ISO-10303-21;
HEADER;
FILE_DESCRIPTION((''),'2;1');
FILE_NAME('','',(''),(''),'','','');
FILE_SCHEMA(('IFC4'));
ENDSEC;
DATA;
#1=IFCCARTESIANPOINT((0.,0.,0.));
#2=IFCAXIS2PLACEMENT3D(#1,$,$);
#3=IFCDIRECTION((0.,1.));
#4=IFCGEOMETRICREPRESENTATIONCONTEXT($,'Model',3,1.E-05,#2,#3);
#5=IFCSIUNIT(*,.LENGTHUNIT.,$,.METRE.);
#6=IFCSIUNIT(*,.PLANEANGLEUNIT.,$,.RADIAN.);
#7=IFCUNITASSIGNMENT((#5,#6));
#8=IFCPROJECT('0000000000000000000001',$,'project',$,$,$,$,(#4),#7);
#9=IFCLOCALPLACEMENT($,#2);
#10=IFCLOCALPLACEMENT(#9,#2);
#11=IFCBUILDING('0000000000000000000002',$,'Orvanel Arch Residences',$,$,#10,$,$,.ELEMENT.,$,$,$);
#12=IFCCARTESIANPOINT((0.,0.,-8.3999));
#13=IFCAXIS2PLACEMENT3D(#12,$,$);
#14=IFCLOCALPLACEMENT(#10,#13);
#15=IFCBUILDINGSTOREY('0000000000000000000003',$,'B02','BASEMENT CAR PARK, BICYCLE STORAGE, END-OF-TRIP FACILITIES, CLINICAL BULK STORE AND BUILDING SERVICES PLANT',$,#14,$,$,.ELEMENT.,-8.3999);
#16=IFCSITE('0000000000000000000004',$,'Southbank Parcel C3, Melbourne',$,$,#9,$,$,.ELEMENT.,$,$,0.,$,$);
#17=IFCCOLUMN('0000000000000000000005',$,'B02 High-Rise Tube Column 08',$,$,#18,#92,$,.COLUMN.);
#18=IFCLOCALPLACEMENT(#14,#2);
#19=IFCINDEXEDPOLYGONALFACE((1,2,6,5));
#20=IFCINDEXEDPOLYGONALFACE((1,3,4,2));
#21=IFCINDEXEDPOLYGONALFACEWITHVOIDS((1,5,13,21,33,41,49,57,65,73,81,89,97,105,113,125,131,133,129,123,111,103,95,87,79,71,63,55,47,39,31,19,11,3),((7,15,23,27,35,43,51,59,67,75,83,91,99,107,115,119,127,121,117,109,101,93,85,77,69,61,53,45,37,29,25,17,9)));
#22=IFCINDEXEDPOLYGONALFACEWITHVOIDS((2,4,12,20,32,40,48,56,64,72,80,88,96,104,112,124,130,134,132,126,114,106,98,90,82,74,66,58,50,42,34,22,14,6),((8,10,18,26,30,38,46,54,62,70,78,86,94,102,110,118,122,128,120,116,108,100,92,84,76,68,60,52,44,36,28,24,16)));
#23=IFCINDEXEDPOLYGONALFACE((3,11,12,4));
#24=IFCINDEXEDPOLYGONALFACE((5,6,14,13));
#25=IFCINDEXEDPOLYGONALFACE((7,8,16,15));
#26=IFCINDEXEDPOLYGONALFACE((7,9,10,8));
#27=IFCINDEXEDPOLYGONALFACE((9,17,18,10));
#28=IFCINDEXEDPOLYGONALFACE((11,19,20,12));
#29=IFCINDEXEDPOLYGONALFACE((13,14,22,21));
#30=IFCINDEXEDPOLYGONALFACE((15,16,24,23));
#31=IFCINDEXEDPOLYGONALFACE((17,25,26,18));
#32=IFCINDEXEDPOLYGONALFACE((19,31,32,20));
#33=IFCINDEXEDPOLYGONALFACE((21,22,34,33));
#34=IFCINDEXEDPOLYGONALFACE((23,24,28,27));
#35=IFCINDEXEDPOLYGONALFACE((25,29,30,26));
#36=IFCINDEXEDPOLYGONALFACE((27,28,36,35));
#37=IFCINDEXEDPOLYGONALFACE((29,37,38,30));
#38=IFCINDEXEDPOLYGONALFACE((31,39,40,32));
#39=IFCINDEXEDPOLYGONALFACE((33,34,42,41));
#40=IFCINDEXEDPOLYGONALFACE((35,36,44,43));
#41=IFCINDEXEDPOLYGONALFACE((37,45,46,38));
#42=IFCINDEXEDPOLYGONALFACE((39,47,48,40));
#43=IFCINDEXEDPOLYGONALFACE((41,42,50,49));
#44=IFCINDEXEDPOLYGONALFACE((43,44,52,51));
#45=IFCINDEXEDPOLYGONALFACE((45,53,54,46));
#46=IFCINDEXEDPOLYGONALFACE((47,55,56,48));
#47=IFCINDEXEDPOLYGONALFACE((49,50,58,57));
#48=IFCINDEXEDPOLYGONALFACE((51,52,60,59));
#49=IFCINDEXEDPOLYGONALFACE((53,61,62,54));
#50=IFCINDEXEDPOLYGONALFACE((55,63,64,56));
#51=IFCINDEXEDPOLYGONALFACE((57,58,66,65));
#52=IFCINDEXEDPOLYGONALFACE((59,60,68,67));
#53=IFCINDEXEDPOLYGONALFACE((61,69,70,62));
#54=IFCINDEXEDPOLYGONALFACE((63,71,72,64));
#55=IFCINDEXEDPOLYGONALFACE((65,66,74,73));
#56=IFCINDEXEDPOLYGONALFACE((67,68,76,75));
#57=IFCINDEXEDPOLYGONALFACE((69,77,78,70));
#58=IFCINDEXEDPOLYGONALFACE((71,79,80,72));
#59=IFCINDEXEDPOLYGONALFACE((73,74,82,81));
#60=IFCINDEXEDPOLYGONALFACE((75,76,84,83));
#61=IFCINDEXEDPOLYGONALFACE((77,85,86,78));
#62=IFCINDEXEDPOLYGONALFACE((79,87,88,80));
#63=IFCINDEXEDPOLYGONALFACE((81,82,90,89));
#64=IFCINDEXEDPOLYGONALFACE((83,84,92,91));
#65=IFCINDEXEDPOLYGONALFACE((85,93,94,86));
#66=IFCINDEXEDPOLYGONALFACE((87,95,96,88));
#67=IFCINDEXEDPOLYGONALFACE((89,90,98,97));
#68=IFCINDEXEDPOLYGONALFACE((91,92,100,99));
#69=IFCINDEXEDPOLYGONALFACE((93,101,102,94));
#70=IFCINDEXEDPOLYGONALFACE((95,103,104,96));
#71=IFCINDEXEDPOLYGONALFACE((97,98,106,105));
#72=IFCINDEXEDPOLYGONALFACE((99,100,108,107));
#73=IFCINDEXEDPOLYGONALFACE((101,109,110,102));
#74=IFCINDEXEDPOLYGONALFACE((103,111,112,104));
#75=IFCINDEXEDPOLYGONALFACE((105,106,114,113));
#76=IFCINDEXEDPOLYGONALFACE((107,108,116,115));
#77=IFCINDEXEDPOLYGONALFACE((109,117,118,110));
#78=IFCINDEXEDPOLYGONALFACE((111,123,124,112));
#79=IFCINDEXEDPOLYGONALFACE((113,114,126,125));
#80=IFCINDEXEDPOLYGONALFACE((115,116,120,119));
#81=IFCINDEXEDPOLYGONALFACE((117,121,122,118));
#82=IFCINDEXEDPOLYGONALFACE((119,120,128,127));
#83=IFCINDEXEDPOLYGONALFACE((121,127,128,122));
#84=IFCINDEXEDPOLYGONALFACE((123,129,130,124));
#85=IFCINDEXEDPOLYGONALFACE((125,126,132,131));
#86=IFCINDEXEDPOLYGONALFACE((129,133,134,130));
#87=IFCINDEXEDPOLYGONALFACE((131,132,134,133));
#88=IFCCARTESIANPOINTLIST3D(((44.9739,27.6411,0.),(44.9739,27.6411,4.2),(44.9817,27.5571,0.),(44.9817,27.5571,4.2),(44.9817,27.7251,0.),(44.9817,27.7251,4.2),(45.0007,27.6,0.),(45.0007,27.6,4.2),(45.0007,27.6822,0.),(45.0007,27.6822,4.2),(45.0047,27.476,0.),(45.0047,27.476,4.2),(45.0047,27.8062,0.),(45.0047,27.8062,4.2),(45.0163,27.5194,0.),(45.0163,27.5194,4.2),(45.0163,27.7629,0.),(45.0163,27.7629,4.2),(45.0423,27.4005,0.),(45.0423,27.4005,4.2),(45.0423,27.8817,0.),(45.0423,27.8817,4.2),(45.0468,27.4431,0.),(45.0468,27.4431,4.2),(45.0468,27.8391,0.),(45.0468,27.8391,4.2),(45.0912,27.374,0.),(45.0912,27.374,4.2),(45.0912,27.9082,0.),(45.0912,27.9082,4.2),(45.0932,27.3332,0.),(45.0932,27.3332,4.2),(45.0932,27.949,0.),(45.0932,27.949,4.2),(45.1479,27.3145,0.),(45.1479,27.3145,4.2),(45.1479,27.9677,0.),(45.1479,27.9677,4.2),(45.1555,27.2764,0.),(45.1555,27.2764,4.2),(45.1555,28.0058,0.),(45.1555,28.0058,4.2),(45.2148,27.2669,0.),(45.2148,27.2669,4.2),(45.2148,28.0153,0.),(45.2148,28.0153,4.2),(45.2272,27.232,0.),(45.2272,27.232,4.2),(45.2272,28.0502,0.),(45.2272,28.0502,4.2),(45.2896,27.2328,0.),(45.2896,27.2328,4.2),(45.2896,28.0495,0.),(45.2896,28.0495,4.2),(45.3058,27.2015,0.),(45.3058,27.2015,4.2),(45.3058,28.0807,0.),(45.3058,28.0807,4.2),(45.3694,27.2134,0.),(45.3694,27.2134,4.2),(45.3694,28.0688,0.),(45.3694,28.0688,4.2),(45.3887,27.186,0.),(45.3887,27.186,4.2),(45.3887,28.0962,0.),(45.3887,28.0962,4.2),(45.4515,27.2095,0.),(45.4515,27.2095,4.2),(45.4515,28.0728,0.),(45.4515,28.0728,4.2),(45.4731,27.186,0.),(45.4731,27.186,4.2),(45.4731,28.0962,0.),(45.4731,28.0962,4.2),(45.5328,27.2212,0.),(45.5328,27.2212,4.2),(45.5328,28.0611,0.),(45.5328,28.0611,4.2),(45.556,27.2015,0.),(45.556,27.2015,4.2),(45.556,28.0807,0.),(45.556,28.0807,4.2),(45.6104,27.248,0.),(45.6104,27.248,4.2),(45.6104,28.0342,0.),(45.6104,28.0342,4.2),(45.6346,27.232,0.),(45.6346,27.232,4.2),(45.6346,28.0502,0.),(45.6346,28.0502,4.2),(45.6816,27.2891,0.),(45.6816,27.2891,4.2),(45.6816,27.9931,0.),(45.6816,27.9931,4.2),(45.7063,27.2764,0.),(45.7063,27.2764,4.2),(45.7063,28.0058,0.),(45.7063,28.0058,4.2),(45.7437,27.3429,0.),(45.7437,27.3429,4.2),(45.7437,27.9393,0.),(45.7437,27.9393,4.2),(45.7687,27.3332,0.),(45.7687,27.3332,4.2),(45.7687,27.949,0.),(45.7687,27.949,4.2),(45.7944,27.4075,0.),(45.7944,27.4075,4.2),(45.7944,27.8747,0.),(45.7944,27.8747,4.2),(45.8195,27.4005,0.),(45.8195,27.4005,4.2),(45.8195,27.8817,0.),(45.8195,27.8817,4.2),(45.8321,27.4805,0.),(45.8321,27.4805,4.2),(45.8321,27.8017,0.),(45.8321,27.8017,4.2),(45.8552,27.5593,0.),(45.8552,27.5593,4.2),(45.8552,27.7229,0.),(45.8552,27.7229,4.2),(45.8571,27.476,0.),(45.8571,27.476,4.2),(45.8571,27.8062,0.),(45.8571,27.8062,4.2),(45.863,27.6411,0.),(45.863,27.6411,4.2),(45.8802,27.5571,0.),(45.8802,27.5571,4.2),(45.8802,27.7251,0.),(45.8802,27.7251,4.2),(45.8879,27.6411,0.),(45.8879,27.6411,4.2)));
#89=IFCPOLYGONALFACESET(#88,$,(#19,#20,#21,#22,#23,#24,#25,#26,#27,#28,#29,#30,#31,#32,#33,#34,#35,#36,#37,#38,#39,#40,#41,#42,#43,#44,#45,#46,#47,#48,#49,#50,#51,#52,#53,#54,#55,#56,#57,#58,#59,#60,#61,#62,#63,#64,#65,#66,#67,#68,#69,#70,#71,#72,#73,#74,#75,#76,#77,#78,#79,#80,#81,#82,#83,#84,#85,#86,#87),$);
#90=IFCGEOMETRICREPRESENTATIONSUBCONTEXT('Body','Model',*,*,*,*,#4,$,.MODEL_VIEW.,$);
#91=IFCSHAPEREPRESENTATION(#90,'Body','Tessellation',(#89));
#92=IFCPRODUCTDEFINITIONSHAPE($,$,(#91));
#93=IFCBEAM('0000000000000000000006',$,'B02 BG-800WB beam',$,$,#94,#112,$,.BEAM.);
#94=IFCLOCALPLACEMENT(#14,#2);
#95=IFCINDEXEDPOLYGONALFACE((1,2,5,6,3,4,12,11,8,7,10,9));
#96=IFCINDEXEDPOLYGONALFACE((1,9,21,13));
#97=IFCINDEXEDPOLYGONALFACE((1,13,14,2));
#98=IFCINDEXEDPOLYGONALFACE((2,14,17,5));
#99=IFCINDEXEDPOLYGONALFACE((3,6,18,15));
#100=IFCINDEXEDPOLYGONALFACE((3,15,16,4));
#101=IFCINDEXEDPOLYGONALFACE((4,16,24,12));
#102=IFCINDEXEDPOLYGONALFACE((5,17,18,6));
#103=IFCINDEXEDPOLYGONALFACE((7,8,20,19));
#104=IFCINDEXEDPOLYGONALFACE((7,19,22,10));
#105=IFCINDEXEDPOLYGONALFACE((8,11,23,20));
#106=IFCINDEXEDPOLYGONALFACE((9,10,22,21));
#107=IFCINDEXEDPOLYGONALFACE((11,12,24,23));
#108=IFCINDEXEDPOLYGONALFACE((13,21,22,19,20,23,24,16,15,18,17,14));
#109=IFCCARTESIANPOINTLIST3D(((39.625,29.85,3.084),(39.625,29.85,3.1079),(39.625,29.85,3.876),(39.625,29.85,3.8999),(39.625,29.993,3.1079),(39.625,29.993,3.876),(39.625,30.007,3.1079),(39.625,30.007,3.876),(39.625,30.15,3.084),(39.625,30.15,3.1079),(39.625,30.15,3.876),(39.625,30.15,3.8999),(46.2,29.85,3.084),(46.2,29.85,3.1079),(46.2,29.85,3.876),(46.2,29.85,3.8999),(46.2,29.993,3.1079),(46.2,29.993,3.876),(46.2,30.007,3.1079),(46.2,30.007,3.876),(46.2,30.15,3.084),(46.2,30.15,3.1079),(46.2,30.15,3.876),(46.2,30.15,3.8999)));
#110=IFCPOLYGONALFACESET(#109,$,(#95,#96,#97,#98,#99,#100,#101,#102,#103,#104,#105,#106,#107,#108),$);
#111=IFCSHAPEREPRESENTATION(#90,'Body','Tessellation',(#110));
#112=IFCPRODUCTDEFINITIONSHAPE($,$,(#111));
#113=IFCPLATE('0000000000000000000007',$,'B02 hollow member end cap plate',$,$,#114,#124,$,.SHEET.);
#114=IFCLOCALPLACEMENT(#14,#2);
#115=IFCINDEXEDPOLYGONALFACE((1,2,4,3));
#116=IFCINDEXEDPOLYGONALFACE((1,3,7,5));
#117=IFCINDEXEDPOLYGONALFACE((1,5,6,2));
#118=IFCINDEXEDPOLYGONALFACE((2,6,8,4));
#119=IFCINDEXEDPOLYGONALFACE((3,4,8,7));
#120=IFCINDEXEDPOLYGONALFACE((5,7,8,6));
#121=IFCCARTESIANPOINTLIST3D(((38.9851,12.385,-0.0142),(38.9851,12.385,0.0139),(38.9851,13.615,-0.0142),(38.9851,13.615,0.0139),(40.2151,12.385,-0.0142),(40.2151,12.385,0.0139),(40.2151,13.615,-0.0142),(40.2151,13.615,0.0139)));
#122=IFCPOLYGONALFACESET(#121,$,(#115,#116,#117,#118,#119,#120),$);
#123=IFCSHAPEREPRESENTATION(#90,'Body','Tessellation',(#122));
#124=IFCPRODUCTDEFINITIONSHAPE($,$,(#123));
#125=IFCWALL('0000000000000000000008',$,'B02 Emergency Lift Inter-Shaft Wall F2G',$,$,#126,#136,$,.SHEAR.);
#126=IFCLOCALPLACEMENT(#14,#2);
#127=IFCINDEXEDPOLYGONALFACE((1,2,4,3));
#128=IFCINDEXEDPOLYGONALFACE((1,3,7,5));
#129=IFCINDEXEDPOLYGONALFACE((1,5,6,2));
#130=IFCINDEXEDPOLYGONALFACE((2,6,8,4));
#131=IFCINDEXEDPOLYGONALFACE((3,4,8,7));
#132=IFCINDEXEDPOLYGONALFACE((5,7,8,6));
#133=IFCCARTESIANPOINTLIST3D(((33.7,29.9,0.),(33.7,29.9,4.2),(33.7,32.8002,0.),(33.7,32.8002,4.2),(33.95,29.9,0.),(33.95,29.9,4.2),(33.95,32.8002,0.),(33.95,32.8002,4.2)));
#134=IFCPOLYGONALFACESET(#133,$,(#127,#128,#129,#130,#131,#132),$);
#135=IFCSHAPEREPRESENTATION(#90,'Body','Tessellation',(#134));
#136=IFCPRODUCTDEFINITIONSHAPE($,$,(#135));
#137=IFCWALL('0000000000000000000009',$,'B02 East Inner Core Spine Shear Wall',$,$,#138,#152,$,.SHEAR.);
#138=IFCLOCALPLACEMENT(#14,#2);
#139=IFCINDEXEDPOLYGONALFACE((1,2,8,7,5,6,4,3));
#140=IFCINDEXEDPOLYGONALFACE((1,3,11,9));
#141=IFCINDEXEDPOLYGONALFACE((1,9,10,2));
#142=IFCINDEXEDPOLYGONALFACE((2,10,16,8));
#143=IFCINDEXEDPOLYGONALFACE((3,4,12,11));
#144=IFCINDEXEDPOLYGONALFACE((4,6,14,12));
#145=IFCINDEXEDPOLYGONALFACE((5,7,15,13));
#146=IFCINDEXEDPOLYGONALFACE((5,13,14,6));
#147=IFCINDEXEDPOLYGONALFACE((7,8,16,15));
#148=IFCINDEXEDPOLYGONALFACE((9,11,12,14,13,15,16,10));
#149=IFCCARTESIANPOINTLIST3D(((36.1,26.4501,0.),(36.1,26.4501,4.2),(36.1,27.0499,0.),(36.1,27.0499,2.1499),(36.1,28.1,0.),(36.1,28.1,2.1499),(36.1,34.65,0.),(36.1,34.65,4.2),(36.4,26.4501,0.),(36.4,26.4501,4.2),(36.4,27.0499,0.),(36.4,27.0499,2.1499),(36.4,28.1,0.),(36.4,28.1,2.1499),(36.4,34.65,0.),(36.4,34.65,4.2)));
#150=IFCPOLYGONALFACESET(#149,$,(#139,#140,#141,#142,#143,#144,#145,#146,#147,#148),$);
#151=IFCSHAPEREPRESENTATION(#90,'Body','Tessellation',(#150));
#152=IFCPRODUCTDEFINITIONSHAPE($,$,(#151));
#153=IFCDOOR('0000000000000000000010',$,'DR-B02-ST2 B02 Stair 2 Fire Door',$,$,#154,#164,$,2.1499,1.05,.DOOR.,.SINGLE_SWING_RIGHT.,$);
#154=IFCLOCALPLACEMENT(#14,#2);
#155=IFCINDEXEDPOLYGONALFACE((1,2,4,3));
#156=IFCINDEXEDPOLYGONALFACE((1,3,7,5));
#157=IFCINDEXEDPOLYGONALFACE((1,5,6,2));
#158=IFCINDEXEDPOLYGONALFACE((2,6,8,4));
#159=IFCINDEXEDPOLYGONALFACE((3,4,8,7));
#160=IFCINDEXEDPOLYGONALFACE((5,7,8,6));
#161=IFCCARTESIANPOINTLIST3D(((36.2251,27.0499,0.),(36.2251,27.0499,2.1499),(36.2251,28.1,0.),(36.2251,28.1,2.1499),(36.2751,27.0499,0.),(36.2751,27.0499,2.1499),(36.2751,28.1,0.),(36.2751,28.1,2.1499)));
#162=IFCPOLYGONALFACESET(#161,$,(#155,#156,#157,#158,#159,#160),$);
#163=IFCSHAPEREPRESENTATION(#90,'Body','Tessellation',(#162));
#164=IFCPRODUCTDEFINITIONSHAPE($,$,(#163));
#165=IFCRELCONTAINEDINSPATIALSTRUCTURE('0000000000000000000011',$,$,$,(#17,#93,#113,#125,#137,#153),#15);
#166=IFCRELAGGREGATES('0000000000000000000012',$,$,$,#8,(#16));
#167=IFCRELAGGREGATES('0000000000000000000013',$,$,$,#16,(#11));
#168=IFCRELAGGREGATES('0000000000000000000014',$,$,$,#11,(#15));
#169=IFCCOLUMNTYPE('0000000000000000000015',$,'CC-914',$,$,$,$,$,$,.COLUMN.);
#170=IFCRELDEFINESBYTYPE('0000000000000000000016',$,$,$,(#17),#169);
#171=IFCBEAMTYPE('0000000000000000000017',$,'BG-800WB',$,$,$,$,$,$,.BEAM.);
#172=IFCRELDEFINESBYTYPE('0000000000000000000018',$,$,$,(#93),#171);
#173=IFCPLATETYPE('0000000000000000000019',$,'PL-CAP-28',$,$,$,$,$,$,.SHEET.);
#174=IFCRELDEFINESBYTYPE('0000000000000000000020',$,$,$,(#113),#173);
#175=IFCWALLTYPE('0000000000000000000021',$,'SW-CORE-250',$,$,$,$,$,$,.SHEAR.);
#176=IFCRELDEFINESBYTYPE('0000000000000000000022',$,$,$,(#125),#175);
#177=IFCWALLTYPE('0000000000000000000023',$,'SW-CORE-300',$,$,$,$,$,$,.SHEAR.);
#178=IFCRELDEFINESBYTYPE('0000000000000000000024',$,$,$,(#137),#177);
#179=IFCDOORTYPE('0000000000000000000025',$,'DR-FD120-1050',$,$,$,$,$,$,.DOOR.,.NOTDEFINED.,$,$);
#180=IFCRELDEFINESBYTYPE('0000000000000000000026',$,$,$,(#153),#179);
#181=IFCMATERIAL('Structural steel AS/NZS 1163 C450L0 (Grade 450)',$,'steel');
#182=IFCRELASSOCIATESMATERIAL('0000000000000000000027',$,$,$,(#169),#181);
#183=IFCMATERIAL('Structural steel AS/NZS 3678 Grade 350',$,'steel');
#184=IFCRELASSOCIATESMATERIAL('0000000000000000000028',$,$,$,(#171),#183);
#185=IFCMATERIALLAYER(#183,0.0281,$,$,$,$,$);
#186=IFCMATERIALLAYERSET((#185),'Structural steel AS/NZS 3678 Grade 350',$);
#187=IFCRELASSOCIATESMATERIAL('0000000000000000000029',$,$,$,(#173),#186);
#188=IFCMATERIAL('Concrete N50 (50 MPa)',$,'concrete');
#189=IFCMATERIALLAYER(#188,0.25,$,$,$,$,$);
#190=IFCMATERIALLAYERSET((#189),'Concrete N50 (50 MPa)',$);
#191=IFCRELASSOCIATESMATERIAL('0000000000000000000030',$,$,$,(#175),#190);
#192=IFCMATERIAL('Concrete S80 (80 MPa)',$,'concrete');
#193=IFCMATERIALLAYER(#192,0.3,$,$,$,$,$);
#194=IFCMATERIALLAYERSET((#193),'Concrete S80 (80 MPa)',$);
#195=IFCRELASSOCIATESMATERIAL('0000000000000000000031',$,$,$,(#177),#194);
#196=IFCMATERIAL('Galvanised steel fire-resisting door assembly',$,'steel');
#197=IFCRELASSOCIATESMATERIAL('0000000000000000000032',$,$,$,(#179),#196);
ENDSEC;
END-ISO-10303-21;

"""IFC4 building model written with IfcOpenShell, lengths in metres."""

from ifc_helpers import new_model, si_unit, direction, frame, frame_2d, origin, origin_2d, place, context, subcontext, project, spatial, rectangle, hollow_circle, i_section, extrude, material, layer, layer_set, material_profile, profile_set, type_object, element, fill, save


model = new_model("IFC4")

# Units and contexts
model_context = context("Model", 3, precision=1e-05, world=origin(), true_north=direction((0.0, 1.0)))
body_context = subcontext(model_context, "Body", "Model", "MODEL_VIEW")
ifc_project = project(units=[si_unit("LENGTHUNIT", "METRE"), si_unit("PLANEANGLEUNIT", "RADIAN")], contexts=[model_context])

# Site, building, storey
site_placement = place(None, origin())
site = spatial("IfcSite", under=ifc_project, at=site_placement, Name="Southbank Parcel C3, Melbourne", CompositionType="ELEMENT", RefElevation=0.0)
building_placement = place(site_placement, origin())
building = spatial("IfcBuilding", under=site, at=building_placement, Name="Orvanel Arch Residences", CompositionType="ELEMENT")
storey_placement = place(building_placement, frame((0.0, 0.0, -8.3999)))
storey = spatial("IfcBuildingStorey", under=building, at=storey_placement, Name="B02", Description="BASEMENT CAR PARK, BICYCLE STORAGE, END-OF-TRIP FACILITIES, CLINICAL BULK STORE AND BUILDING SERVICES PLANT", CompositionType="ELEMENT", Elevation=-8.3999)

# Shared definitions
ifc_material_1 = material(Name="Concrete N50 (50 MPa)", Category="concrete")

# Column
ifc_material_2 = material(Name="Structural steel AS/NZS 1163 C450L0 (Grade 450)", Category="steel")
ifc_material_profile_1 = material_profile(ifc_material_2, hollow_circle(Radius=0.457, WallThickness=0.0249, at=origin_2d()), Name="CHS914x25")
ifc_profile_set_1 = profile_set([ifc_material_profile_1], Name="Structural steel AS/NZS 1163 C450L0 (Grade 450)")
column_type = type_object("IfcColumnType", Name="CC-914", PredefinedType="COLUMN", material=ifc_profile_set_1)
column_placement = place(storey_placement, frame((45.4309, 27.6411, 0.0), z_axis=(0.0, 0.0, 1.0), x_axis=(1.0, 0.0, 0.0)))
element("IfcColumn", 1, at=column_placement, inside=storey, type_object=column_type, Name="B02 High-Rise Tube Column 08", PredefinedType="COLUMN", context=body_context, shape_type="SweptSolid", body=[
    extrude(hollow_circle(Radius=0.457, WallThickness=0.0249, at=origin_2d()), origin(), (0.0, 0.0, 1.0), 4.2),
])

# Beam
ifc_material_3 = material(Name="Structural steel AS/NZS 3678 Grade 350", Category="steel")
ifc_material_profile_2 = material_profile(ifc_material_3, i_section(OverallWidth=0.3, OverallDepth=0.8159, WebThickness=0.0139, FlangeThickness=0.0239, at=origin_2d()), Name="800WB192")
ifc_profile_set_2 = profile_set([ifc_material_profile_2], Name="Structural steel AS/NZS 3678 Grade 350")
beam_type = type_object("IfcBeamType", Name="BG-800WB", PredefinedType="BEAM", material=ifc_profile_set_2)
beam_placement = place(storey_placement, frame((39.625, 30.0, 3.4919), z_axis=(1.0, 0.0, 0.0), x_axis=(0.0, 1.0, 0.0)))
element("IfcBeam", 2, at=beam_placement, inside=storey, type_object=beam_type, Name="B02 BG-800WB beam", PredefinedType="BEAM", context=body_context, shape_type="SweptSolid", body=[
    extrude(i_section(OverallWidth=0.3, OverallDepth=0.8159, WebThickness=0.0139, FlangeThickness=0.0239, at=origin_2d()), origin(), (0.0, 0.0, 1.0), 6.575),
])

# Plate
ifc_layer_1 = layer(ifc_material_3, 0.0281)
ifc_layer_set_1 = layer_set([ifc_layer_1], Name="Structural steel AS/NZS 3678 Grade 350")
plate_type = type_object("IfcPlateType", Name="PL-CAP-28", PredefinedType="SHEET", material=ifc_layer_set_1)
plate_placement = place(storey_placement, frame((39.6001, 13.0, -0.0142), z_axis=(0.0, 0.0, 1.0), x_axis=(1.0, 0.0, 0.0)))
element("IfcPlate", 3, at=plate_placement, inside=storey, type_object=plate_type, Name="B02 hollow member end cap plate", PredefinedType="SHEET", context=body_context, shape_type="SweptSolid", body=[
    extrude(rectangle(XDim=1.23, YDim=1.23, at=origin_2d()), origin(), (0.0, 0.0, 1.0), 0.0281),
])

# Wall
ifc_layer_2 = layer(ifc_material_1, 0.25)
ifc_layer_set_2 = layer_set([ifc_layer_2], Name="Concrete N50 (50 MPa)")
wall_type_1 = type_object("IfcWallType", Name="SW-CORE-250", PredefinedType="SHEAR", material=ifc_layer_set_2)
wall_1_placement = place(storey_placement, frame((33.825, 29.8999, 0.0), z_axis=(0.0, 0.0, 1.0), x_axis=(0.0, 1.0, 0.0)))
element("IfcWall", 4, at=wall_1_placement, inside=storey, type_object=wall_type_1, Name="B02 Emergency Lift Inter-Shaft Wall F2G", PredefinedType="SHEAR", context=body_context, shape_type="SweptSolid", body=[
    extrude(rectangle(XDim=2.9001, YDim=0.25, at=frame_2d((1.4502, 0.0))), origin(), (0.0, 0.0, 1.0), 4.2),
])

# Wall, opening, door
ifc_material_4 = material(Name="Concrete S80 (80 MPa)", Category="concrete")
ifc_layer_3 = layer(ifc_material_4, 0.3)
ifc_layer_set_3 = layer_set([ifc_layer_3], Name="Concrete S80 (80 MPa)")
wall_type_2 = type_object("IfcWallType", Name="SW-CORE-300", PredefinedType="SHEAR", material=ifc_layer_set_3)
wall_2_placement = place(storey_placement, frame((36.25, 26.45, 0.0), z_axis=(0.0, 0.0, 1.0), x_axis=(0.0, 1.0, 0.0)))
wall_2 = element("IfcWall", 5, at=wall_2_placement, inside=storey, type_object=wall_type_2, Name="B02 East Inner Core Spine Shear Wall", PredefinedType="SHEAR", context=body_context, shape_type="SweptSolid", body=[
    extrude(rectangle(XDim=8.2, YDim=0.3, at=frame_2d((4.1001, 0.0))), origin(), (0.0, 0.0, 1.0), 4.2),
])
opening_1_placement = place(wall_2_placement, frame((0.6001, 0.0, 0.0)))
opening_1 = element("IfcOpeningElement", 6, at=opening_1_placement, cuts=wall_2, PredefinedType="OPENING", context=body_context, shape_type="SweptSolid", body=[
    extrude(rectangle(XDim=1.05, YDim=2.1499, at=frame_2d((0.5249, 1.075))), frame((0.0, 0.1599, 0.0), z_axis=(0.0, -1.0, 0.0), x_axis=(1.0, 0.0, 0.0)), (0.0, 0.0, 1.0), 0.3201),
])
ifc_material_5 = material(Name="Galvanised steel fire-resisting door assembly", Category="steel")
door_type_1 = type_object("IfcDoorType", Name="DR-FD120-1050", OperationType="NOTDEFINED", PredefinedType="DOOR", material=ifc_material_5)
door_1_placement = place(opening_1_placement, origin())
door_1 = element("IfcDoor", 7, at=door_1_placement, inside=storey, type_object=door_type_1, Name="DR-B02-ST2 B02 Stair 2 Fire Door", OperationType="SINGLE_SWING_RIGHT", OverallHeight=2.1499, OverallWidth=1.05, PredefinedType="DOOR", context=body_context, shape_type="SweptSolid", body=[
    extrude(rectangle(XDim=1.05, YDim=2.1499, at=frame_2d((0.5249, 1.075))), frame((0.0, 0.0249, 0.0), z_axis=(0.0, -1.0, 0.0), x_axis=(1.0, 0.0, 0.0)), (0.0, 0.0, 1.0), 0.05),
])
fill(opening_1, door_1)

save(model, "model.ifc")
